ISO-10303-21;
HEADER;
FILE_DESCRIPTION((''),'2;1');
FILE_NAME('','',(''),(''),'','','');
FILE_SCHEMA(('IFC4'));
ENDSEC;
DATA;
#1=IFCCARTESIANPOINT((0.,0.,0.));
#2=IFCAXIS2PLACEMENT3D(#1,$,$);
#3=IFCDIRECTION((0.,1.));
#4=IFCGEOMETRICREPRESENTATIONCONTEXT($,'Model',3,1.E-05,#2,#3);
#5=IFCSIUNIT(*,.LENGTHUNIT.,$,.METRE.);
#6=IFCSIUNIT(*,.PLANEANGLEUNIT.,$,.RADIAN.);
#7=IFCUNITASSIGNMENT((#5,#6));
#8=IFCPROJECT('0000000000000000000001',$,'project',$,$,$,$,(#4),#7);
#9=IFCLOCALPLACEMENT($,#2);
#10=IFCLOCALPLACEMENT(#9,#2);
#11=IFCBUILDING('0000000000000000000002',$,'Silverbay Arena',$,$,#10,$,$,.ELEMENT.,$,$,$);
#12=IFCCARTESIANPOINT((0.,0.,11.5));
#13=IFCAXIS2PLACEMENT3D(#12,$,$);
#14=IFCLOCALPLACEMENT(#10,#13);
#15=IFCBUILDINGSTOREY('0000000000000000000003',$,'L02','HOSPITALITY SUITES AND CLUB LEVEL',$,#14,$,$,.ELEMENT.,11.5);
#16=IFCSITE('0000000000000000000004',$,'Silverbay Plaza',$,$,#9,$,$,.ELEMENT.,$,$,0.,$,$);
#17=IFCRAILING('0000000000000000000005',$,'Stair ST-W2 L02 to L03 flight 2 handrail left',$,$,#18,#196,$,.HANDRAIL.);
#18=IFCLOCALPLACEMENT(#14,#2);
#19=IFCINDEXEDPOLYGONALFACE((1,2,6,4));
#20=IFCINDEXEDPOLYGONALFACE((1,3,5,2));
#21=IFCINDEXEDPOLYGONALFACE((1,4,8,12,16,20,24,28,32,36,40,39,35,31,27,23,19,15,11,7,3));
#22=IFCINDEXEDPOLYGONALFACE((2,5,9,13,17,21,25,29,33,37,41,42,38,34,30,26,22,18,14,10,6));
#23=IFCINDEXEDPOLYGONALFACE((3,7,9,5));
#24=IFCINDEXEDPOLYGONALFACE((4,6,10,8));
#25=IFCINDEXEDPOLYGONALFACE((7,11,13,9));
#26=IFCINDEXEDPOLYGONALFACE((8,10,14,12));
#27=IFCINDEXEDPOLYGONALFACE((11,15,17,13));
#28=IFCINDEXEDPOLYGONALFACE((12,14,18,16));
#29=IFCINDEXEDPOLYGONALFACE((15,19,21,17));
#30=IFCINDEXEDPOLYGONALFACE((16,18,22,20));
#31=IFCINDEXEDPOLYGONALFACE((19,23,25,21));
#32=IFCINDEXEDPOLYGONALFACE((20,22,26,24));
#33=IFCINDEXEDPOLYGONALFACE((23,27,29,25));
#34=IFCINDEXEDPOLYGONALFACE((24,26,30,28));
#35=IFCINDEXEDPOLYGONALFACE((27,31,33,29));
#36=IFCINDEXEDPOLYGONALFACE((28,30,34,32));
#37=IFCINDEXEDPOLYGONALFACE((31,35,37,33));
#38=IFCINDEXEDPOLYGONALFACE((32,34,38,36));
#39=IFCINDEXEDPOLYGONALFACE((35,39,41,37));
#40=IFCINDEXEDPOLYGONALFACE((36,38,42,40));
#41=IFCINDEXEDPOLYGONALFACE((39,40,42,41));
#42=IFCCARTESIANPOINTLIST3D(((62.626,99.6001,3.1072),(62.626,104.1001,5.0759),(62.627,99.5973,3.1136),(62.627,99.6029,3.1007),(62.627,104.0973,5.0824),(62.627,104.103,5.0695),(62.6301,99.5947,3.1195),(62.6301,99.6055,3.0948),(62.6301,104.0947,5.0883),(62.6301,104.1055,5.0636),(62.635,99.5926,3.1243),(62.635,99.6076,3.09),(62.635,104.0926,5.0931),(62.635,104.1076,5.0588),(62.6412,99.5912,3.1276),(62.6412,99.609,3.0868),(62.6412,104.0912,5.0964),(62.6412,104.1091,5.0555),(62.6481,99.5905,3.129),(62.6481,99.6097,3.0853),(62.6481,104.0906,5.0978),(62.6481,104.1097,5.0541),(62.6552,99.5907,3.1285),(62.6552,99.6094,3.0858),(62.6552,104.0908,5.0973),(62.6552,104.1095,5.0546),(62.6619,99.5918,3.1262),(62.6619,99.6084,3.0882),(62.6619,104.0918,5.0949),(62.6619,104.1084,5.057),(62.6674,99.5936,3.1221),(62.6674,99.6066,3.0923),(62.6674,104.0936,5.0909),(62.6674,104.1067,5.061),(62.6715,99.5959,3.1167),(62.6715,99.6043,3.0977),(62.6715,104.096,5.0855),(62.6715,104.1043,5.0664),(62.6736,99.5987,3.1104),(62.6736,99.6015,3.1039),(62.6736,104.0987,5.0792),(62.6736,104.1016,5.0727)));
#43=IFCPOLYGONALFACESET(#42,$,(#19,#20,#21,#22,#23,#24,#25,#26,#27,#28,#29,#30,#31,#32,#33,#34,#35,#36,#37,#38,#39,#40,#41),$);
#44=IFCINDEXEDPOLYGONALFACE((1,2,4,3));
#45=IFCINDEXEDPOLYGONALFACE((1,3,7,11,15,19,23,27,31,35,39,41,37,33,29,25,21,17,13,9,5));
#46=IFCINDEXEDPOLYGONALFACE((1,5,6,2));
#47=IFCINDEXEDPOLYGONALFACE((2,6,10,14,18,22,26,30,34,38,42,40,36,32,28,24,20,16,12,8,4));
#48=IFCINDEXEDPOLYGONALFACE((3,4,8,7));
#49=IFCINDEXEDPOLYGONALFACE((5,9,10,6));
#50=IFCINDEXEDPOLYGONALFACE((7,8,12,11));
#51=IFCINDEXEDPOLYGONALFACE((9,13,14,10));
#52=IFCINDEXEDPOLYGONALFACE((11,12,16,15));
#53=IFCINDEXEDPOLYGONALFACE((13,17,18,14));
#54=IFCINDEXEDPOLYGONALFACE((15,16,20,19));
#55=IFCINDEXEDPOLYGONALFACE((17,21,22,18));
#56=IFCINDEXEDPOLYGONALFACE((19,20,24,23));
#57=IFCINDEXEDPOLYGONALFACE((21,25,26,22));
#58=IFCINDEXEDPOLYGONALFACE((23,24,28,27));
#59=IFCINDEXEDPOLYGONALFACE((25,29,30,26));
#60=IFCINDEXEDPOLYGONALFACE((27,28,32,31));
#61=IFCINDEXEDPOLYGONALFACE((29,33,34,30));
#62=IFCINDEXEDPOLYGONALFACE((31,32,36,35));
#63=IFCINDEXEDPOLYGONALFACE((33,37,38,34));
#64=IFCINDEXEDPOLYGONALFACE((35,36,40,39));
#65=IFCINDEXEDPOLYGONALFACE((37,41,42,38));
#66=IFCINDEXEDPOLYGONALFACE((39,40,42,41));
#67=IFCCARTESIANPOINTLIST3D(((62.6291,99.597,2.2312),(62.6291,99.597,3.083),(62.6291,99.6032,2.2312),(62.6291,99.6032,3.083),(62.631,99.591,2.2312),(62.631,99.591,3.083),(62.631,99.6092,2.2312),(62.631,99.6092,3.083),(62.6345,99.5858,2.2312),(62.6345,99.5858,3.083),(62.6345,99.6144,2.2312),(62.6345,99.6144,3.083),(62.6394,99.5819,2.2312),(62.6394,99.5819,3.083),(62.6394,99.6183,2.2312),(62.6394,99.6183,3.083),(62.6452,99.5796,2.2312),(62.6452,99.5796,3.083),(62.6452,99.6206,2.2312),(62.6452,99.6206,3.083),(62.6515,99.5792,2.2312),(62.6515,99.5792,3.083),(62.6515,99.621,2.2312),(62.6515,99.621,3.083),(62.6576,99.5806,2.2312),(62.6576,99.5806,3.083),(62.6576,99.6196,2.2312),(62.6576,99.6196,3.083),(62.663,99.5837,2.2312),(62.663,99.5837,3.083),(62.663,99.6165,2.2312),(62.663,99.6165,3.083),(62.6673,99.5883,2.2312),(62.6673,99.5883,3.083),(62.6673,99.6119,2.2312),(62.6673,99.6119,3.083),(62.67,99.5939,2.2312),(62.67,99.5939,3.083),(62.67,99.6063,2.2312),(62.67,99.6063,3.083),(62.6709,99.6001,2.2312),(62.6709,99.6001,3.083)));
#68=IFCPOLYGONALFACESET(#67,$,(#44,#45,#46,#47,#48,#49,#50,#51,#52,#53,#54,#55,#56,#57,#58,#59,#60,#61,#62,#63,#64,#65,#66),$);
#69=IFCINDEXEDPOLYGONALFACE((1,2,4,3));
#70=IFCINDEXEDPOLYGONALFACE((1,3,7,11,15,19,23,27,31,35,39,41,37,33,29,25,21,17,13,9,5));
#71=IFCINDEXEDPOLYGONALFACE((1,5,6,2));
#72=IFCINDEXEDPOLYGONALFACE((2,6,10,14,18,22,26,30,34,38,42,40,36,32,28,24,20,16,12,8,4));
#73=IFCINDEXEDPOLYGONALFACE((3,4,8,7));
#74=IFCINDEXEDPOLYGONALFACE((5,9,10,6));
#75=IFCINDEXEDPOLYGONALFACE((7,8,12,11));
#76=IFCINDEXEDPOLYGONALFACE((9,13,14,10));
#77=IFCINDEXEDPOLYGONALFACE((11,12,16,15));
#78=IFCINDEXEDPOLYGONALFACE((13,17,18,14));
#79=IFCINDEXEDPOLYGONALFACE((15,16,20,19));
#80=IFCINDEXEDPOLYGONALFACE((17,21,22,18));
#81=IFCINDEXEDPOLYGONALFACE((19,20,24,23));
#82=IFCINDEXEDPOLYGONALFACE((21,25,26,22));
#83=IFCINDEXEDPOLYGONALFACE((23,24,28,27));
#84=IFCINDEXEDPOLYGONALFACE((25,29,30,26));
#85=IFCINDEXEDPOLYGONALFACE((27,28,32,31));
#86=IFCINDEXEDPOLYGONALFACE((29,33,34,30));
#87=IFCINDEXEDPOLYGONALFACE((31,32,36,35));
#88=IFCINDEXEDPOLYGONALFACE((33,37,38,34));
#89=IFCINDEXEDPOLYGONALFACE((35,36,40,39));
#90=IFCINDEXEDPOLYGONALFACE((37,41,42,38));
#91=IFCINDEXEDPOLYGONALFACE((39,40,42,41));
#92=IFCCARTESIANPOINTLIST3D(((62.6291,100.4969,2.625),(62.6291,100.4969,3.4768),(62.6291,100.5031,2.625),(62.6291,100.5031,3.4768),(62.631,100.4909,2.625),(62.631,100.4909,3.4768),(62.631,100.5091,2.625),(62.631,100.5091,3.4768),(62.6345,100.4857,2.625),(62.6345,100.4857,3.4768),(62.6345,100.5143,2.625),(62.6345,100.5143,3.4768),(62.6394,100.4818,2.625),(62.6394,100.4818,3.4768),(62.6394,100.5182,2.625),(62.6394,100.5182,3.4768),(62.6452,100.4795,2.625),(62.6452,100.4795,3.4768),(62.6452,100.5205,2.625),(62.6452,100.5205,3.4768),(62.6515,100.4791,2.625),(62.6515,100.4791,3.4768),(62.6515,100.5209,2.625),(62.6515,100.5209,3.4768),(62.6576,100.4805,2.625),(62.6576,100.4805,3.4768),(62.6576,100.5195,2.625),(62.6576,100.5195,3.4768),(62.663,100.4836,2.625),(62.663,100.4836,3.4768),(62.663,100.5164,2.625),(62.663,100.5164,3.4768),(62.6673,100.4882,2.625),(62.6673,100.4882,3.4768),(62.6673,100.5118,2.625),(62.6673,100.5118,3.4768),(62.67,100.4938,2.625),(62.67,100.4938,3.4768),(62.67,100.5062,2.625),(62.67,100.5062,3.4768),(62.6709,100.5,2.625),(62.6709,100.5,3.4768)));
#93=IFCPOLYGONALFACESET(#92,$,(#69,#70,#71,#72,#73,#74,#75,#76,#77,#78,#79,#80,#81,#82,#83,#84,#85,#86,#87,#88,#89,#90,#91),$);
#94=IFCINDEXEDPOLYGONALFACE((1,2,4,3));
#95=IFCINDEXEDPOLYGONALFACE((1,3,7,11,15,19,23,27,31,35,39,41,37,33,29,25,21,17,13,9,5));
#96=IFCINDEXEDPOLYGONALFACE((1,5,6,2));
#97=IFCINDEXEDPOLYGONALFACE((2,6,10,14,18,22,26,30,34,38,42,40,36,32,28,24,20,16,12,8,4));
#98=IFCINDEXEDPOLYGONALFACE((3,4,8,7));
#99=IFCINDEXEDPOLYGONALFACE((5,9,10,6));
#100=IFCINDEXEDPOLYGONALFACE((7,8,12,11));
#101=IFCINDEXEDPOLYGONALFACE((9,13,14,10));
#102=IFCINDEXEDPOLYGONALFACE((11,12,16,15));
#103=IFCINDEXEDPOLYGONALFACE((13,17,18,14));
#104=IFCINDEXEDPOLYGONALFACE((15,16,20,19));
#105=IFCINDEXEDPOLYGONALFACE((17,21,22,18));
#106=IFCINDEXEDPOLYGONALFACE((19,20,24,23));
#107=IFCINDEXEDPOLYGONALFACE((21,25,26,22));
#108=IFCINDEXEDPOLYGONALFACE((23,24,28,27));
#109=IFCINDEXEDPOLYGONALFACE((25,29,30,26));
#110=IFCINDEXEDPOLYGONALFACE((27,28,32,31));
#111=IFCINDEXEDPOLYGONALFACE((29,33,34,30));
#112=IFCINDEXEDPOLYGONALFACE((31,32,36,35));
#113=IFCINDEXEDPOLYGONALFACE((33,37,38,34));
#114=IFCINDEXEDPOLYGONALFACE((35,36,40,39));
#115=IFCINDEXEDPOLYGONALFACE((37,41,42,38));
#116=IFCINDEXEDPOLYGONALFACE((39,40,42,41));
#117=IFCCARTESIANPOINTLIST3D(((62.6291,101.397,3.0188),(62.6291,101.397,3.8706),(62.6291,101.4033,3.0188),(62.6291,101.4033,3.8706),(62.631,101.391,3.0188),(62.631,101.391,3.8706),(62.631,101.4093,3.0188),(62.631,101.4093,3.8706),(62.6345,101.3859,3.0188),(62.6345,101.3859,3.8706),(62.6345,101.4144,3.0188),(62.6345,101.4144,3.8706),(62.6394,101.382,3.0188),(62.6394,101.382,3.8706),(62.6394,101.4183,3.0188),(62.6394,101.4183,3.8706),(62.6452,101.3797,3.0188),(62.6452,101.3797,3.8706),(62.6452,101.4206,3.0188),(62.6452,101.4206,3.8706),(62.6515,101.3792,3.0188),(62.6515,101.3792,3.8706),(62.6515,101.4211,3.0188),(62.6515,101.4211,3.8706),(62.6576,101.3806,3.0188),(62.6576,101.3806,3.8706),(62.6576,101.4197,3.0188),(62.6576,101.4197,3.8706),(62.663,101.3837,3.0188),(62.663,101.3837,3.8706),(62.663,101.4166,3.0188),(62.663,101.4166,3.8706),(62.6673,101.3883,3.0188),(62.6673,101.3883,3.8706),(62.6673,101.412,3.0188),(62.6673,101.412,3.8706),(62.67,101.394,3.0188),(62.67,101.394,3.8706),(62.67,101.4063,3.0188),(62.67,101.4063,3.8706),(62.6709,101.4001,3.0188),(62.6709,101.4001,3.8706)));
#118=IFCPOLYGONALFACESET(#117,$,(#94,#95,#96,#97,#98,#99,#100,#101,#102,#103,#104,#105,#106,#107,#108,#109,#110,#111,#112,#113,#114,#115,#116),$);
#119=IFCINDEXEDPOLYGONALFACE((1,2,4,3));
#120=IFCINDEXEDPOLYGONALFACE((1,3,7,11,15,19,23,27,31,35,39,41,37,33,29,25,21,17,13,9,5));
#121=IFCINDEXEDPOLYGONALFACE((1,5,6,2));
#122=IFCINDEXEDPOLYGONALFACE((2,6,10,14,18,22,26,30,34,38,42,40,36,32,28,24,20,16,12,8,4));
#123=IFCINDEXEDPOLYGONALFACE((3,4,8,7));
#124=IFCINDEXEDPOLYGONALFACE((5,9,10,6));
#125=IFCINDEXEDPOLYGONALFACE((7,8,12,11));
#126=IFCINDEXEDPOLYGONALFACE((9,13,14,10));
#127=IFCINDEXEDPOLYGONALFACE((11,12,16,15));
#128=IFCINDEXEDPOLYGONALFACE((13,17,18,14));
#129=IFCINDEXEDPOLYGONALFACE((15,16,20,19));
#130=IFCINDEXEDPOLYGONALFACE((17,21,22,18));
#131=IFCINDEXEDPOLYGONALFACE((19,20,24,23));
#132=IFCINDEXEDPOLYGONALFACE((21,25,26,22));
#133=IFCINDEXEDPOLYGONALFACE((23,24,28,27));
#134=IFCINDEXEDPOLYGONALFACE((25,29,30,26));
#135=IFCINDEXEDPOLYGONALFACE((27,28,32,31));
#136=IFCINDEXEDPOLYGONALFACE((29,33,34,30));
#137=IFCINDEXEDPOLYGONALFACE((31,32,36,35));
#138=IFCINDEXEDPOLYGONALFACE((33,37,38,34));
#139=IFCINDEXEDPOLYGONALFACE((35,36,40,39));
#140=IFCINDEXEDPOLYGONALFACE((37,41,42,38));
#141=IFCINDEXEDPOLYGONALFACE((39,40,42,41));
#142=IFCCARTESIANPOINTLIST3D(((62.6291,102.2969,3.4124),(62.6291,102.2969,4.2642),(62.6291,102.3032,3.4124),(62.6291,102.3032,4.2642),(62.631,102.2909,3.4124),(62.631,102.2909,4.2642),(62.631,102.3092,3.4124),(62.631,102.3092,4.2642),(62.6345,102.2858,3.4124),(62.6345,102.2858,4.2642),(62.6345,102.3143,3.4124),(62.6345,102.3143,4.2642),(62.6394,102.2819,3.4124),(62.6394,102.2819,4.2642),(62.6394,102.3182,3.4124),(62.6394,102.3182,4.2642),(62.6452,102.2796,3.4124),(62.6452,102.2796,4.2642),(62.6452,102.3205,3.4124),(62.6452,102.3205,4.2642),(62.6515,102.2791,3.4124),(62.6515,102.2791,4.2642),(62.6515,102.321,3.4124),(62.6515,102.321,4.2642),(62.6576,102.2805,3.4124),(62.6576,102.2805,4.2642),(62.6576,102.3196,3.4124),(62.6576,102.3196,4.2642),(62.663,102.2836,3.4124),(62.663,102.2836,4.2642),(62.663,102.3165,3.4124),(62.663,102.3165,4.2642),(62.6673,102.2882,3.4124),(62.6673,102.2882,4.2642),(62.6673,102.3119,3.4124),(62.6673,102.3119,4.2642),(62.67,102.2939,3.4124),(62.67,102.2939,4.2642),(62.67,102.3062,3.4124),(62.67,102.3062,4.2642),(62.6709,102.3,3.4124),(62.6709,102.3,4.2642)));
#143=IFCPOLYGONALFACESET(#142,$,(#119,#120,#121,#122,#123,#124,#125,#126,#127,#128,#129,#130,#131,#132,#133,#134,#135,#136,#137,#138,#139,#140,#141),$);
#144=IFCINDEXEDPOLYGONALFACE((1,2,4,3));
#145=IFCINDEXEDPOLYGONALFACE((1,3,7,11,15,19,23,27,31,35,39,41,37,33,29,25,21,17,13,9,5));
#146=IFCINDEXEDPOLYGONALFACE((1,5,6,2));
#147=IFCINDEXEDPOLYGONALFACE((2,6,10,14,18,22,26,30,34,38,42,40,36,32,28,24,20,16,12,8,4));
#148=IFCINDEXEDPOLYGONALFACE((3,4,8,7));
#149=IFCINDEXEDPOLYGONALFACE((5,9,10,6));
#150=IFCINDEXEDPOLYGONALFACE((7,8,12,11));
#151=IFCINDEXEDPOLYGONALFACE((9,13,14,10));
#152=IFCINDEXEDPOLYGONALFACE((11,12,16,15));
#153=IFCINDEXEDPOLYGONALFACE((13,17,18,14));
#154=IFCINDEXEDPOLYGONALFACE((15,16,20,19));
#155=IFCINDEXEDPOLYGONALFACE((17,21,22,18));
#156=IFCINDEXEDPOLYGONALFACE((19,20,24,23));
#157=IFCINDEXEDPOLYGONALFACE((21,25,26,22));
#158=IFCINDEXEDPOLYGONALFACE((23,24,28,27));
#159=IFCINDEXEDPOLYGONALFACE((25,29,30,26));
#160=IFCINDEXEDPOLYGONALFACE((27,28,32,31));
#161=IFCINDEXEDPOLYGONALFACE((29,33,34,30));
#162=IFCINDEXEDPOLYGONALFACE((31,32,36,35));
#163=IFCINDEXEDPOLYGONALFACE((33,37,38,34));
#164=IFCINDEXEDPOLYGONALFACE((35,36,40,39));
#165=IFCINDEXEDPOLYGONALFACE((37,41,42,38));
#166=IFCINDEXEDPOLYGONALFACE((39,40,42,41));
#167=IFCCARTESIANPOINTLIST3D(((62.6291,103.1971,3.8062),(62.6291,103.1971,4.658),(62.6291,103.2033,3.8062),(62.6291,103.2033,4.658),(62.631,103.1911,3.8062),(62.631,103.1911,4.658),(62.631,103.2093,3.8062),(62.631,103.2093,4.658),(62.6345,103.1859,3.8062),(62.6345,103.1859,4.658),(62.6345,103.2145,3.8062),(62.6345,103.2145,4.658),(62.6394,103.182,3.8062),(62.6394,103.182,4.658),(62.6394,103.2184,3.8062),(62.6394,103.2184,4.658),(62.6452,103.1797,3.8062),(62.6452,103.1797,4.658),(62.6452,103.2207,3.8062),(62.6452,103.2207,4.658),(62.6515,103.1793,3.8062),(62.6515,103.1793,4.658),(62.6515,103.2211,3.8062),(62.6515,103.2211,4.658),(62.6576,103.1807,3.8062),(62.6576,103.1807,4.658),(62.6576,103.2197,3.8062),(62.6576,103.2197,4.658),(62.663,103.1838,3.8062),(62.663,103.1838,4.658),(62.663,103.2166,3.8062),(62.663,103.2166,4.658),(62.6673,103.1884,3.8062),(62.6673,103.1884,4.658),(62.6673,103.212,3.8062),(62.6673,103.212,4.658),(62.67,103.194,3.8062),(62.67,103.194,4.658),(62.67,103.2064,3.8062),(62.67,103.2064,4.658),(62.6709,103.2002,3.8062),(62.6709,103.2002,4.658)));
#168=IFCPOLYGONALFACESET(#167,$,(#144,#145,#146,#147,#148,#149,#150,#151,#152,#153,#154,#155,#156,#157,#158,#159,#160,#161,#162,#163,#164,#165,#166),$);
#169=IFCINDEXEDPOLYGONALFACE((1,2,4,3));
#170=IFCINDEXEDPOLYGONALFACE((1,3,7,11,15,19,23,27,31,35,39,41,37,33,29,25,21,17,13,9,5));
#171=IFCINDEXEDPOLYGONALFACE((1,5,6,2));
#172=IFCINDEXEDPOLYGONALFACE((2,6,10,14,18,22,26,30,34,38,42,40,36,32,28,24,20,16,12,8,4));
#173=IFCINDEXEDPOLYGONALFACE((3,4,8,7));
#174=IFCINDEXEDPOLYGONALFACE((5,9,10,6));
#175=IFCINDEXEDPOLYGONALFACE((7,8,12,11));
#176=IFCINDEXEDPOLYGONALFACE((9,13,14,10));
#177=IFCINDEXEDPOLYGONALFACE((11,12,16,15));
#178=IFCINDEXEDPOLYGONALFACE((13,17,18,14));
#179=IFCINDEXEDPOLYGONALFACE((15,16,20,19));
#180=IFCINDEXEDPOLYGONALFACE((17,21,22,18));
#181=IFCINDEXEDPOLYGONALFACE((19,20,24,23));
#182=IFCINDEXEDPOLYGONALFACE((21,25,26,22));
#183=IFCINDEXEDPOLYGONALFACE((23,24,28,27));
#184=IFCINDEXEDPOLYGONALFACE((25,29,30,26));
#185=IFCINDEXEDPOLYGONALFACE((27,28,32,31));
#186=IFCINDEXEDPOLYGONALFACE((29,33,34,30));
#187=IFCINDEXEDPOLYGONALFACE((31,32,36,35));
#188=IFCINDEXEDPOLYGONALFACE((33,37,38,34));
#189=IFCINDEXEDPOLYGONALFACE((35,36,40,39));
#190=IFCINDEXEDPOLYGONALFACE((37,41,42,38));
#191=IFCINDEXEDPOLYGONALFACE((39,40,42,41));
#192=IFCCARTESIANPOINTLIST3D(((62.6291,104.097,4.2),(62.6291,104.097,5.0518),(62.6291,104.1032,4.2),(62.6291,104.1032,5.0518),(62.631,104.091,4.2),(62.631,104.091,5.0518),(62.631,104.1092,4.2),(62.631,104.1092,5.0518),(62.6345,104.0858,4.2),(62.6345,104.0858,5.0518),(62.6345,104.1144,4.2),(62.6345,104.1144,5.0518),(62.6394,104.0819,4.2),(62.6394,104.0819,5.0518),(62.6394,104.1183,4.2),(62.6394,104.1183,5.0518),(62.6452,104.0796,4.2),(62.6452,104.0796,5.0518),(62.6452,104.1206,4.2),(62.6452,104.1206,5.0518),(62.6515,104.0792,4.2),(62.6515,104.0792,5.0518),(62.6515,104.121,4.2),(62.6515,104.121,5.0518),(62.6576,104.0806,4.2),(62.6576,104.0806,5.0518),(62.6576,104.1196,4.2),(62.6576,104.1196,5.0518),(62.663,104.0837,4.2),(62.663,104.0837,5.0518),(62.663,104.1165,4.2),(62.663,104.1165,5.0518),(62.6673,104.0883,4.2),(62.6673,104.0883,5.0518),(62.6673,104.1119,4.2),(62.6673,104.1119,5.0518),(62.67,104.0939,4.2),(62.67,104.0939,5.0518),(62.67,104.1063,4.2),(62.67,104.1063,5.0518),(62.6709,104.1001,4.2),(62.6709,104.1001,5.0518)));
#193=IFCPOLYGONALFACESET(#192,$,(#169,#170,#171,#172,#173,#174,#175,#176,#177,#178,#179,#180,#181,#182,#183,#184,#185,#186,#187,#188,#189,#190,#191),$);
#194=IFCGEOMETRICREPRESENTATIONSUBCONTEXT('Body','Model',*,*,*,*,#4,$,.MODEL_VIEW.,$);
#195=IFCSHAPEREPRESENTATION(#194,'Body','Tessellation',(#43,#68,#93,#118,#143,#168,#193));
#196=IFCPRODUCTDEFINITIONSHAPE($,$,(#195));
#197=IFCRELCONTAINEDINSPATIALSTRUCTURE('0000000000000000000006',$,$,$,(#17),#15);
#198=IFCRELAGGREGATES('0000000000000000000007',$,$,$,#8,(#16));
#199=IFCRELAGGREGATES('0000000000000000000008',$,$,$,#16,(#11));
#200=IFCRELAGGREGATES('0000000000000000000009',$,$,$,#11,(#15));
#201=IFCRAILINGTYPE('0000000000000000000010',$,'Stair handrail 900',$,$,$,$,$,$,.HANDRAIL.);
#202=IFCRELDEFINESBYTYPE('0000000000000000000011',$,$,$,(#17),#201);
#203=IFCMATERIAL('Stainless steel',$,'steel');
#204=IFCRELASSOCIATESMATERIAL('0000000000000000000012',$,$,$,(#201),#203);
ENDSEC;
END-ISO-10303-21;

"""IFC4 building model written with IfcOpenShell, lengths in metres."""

from ifc_helpers import new_model, si_unit, direction, frame, origin, origin_2d, place, context, subcontext, project, spatial, circle, extrude, material, type_object, element, save


model = new_model("IFC4")

# Units and contexts
model_context = context("Model", 3, precision=1e-05, world=origin(), true_north=direction((0.0, 1.0)))
body_context = subcontext(model_context, "Body", "Model", "MODEL_VIEW")
ifc_project = project(units=[si_unit("LENGTHUNIT", "METRE"), si_unit("PLANEANGLEUNIT", "RADIAN")], contexts=[model_context])

# Site, building, storey
site_placement = place(None, origin())
site = spatial("IfcSite", under=ifc_project, at=site_placement, Name="Silverbay Plaza", CompositionType="ELEMENT", RefElevation=0.0)
building_placement = place(site_placement, origin())
building = spatial("IfcBuilding", under=site, at=building_placement, Name="Silverbay Arena", CompositionType="ELEMENT")
storey_placement = place(building_placement, frame((0.0, 0.0, 11.5)))
storey = spatial("IfcBuildingStorey", under=building, at=storey_placement, Name="L02", Description="HOSPITALITY SUITES AND CLUB LEVEL", CompositionType="ELEMENT", Elevation=11.5)

# Railing
ifc_material_1 = material(Name="Stainless steel", Category="steel")
railing_type_1 = type_object("IfcRailingType", Name="Stair handrail 900", PredefinedType="HANDRAIL", material=ifc_material_1)
for number, where, name in (
    (1, (62.6499, 99.6001, 2.2312), "Stair ST-W2 L02 to L03 flight 2 handrail left"),
):
    element("IfcRailing", number, at=place(storey_placement, frame(where)), inside=storey, type_object=railing_type_1, Name=name, PredefinedType="HANDRAIL", context=body_context, shape_type="SweptSolid", body=[
        extrude(circle(Radius=0.0239, at=origin_2d()), frame((0.0, 0.0, 0.876), z_axis=(0.0, 0.916157, 0.400819), x_axis=(-1.0, 0.0, 0.0)), (0.0, 0.0, 1.0), 4.9119),
        extrude(circle(Radius=0.021, at=origin_2d()), origin(), (0.0, 0.0, 1.0), 0.8518),
        extrude(circle(Radius=0.021, at=origin_2d()), frame((0.0, 0.8999, 0.3938)), (0.0, 0.0, 1.0), 0.8518),
        extrude(circle(Radius=0.021, at=origin_2d()), frame((0.0, 1.8, 0.7876)), (0.0, 0.0, 1.0), 0.8518),
        extrude(circle(Radius=0.021, at=origin_2d()), frame((0.0, 2.7, 1.1812)), (0.0, 0.0, 1.0), 0.8518),
        extrude(circle(Radius=0.021, at=origin_2d()), frame((0.0, 3.6001, 1.575)), (0.0, 0.0, 1.0), 0.8518),
        extrude(circle(Radius=0.021, at=origin_2d()), frame((0.0, 4.5, 1.9688)), (0.0, 0.0, 1.0), 0.8518),
    ])

save(model, "model.ifc")
